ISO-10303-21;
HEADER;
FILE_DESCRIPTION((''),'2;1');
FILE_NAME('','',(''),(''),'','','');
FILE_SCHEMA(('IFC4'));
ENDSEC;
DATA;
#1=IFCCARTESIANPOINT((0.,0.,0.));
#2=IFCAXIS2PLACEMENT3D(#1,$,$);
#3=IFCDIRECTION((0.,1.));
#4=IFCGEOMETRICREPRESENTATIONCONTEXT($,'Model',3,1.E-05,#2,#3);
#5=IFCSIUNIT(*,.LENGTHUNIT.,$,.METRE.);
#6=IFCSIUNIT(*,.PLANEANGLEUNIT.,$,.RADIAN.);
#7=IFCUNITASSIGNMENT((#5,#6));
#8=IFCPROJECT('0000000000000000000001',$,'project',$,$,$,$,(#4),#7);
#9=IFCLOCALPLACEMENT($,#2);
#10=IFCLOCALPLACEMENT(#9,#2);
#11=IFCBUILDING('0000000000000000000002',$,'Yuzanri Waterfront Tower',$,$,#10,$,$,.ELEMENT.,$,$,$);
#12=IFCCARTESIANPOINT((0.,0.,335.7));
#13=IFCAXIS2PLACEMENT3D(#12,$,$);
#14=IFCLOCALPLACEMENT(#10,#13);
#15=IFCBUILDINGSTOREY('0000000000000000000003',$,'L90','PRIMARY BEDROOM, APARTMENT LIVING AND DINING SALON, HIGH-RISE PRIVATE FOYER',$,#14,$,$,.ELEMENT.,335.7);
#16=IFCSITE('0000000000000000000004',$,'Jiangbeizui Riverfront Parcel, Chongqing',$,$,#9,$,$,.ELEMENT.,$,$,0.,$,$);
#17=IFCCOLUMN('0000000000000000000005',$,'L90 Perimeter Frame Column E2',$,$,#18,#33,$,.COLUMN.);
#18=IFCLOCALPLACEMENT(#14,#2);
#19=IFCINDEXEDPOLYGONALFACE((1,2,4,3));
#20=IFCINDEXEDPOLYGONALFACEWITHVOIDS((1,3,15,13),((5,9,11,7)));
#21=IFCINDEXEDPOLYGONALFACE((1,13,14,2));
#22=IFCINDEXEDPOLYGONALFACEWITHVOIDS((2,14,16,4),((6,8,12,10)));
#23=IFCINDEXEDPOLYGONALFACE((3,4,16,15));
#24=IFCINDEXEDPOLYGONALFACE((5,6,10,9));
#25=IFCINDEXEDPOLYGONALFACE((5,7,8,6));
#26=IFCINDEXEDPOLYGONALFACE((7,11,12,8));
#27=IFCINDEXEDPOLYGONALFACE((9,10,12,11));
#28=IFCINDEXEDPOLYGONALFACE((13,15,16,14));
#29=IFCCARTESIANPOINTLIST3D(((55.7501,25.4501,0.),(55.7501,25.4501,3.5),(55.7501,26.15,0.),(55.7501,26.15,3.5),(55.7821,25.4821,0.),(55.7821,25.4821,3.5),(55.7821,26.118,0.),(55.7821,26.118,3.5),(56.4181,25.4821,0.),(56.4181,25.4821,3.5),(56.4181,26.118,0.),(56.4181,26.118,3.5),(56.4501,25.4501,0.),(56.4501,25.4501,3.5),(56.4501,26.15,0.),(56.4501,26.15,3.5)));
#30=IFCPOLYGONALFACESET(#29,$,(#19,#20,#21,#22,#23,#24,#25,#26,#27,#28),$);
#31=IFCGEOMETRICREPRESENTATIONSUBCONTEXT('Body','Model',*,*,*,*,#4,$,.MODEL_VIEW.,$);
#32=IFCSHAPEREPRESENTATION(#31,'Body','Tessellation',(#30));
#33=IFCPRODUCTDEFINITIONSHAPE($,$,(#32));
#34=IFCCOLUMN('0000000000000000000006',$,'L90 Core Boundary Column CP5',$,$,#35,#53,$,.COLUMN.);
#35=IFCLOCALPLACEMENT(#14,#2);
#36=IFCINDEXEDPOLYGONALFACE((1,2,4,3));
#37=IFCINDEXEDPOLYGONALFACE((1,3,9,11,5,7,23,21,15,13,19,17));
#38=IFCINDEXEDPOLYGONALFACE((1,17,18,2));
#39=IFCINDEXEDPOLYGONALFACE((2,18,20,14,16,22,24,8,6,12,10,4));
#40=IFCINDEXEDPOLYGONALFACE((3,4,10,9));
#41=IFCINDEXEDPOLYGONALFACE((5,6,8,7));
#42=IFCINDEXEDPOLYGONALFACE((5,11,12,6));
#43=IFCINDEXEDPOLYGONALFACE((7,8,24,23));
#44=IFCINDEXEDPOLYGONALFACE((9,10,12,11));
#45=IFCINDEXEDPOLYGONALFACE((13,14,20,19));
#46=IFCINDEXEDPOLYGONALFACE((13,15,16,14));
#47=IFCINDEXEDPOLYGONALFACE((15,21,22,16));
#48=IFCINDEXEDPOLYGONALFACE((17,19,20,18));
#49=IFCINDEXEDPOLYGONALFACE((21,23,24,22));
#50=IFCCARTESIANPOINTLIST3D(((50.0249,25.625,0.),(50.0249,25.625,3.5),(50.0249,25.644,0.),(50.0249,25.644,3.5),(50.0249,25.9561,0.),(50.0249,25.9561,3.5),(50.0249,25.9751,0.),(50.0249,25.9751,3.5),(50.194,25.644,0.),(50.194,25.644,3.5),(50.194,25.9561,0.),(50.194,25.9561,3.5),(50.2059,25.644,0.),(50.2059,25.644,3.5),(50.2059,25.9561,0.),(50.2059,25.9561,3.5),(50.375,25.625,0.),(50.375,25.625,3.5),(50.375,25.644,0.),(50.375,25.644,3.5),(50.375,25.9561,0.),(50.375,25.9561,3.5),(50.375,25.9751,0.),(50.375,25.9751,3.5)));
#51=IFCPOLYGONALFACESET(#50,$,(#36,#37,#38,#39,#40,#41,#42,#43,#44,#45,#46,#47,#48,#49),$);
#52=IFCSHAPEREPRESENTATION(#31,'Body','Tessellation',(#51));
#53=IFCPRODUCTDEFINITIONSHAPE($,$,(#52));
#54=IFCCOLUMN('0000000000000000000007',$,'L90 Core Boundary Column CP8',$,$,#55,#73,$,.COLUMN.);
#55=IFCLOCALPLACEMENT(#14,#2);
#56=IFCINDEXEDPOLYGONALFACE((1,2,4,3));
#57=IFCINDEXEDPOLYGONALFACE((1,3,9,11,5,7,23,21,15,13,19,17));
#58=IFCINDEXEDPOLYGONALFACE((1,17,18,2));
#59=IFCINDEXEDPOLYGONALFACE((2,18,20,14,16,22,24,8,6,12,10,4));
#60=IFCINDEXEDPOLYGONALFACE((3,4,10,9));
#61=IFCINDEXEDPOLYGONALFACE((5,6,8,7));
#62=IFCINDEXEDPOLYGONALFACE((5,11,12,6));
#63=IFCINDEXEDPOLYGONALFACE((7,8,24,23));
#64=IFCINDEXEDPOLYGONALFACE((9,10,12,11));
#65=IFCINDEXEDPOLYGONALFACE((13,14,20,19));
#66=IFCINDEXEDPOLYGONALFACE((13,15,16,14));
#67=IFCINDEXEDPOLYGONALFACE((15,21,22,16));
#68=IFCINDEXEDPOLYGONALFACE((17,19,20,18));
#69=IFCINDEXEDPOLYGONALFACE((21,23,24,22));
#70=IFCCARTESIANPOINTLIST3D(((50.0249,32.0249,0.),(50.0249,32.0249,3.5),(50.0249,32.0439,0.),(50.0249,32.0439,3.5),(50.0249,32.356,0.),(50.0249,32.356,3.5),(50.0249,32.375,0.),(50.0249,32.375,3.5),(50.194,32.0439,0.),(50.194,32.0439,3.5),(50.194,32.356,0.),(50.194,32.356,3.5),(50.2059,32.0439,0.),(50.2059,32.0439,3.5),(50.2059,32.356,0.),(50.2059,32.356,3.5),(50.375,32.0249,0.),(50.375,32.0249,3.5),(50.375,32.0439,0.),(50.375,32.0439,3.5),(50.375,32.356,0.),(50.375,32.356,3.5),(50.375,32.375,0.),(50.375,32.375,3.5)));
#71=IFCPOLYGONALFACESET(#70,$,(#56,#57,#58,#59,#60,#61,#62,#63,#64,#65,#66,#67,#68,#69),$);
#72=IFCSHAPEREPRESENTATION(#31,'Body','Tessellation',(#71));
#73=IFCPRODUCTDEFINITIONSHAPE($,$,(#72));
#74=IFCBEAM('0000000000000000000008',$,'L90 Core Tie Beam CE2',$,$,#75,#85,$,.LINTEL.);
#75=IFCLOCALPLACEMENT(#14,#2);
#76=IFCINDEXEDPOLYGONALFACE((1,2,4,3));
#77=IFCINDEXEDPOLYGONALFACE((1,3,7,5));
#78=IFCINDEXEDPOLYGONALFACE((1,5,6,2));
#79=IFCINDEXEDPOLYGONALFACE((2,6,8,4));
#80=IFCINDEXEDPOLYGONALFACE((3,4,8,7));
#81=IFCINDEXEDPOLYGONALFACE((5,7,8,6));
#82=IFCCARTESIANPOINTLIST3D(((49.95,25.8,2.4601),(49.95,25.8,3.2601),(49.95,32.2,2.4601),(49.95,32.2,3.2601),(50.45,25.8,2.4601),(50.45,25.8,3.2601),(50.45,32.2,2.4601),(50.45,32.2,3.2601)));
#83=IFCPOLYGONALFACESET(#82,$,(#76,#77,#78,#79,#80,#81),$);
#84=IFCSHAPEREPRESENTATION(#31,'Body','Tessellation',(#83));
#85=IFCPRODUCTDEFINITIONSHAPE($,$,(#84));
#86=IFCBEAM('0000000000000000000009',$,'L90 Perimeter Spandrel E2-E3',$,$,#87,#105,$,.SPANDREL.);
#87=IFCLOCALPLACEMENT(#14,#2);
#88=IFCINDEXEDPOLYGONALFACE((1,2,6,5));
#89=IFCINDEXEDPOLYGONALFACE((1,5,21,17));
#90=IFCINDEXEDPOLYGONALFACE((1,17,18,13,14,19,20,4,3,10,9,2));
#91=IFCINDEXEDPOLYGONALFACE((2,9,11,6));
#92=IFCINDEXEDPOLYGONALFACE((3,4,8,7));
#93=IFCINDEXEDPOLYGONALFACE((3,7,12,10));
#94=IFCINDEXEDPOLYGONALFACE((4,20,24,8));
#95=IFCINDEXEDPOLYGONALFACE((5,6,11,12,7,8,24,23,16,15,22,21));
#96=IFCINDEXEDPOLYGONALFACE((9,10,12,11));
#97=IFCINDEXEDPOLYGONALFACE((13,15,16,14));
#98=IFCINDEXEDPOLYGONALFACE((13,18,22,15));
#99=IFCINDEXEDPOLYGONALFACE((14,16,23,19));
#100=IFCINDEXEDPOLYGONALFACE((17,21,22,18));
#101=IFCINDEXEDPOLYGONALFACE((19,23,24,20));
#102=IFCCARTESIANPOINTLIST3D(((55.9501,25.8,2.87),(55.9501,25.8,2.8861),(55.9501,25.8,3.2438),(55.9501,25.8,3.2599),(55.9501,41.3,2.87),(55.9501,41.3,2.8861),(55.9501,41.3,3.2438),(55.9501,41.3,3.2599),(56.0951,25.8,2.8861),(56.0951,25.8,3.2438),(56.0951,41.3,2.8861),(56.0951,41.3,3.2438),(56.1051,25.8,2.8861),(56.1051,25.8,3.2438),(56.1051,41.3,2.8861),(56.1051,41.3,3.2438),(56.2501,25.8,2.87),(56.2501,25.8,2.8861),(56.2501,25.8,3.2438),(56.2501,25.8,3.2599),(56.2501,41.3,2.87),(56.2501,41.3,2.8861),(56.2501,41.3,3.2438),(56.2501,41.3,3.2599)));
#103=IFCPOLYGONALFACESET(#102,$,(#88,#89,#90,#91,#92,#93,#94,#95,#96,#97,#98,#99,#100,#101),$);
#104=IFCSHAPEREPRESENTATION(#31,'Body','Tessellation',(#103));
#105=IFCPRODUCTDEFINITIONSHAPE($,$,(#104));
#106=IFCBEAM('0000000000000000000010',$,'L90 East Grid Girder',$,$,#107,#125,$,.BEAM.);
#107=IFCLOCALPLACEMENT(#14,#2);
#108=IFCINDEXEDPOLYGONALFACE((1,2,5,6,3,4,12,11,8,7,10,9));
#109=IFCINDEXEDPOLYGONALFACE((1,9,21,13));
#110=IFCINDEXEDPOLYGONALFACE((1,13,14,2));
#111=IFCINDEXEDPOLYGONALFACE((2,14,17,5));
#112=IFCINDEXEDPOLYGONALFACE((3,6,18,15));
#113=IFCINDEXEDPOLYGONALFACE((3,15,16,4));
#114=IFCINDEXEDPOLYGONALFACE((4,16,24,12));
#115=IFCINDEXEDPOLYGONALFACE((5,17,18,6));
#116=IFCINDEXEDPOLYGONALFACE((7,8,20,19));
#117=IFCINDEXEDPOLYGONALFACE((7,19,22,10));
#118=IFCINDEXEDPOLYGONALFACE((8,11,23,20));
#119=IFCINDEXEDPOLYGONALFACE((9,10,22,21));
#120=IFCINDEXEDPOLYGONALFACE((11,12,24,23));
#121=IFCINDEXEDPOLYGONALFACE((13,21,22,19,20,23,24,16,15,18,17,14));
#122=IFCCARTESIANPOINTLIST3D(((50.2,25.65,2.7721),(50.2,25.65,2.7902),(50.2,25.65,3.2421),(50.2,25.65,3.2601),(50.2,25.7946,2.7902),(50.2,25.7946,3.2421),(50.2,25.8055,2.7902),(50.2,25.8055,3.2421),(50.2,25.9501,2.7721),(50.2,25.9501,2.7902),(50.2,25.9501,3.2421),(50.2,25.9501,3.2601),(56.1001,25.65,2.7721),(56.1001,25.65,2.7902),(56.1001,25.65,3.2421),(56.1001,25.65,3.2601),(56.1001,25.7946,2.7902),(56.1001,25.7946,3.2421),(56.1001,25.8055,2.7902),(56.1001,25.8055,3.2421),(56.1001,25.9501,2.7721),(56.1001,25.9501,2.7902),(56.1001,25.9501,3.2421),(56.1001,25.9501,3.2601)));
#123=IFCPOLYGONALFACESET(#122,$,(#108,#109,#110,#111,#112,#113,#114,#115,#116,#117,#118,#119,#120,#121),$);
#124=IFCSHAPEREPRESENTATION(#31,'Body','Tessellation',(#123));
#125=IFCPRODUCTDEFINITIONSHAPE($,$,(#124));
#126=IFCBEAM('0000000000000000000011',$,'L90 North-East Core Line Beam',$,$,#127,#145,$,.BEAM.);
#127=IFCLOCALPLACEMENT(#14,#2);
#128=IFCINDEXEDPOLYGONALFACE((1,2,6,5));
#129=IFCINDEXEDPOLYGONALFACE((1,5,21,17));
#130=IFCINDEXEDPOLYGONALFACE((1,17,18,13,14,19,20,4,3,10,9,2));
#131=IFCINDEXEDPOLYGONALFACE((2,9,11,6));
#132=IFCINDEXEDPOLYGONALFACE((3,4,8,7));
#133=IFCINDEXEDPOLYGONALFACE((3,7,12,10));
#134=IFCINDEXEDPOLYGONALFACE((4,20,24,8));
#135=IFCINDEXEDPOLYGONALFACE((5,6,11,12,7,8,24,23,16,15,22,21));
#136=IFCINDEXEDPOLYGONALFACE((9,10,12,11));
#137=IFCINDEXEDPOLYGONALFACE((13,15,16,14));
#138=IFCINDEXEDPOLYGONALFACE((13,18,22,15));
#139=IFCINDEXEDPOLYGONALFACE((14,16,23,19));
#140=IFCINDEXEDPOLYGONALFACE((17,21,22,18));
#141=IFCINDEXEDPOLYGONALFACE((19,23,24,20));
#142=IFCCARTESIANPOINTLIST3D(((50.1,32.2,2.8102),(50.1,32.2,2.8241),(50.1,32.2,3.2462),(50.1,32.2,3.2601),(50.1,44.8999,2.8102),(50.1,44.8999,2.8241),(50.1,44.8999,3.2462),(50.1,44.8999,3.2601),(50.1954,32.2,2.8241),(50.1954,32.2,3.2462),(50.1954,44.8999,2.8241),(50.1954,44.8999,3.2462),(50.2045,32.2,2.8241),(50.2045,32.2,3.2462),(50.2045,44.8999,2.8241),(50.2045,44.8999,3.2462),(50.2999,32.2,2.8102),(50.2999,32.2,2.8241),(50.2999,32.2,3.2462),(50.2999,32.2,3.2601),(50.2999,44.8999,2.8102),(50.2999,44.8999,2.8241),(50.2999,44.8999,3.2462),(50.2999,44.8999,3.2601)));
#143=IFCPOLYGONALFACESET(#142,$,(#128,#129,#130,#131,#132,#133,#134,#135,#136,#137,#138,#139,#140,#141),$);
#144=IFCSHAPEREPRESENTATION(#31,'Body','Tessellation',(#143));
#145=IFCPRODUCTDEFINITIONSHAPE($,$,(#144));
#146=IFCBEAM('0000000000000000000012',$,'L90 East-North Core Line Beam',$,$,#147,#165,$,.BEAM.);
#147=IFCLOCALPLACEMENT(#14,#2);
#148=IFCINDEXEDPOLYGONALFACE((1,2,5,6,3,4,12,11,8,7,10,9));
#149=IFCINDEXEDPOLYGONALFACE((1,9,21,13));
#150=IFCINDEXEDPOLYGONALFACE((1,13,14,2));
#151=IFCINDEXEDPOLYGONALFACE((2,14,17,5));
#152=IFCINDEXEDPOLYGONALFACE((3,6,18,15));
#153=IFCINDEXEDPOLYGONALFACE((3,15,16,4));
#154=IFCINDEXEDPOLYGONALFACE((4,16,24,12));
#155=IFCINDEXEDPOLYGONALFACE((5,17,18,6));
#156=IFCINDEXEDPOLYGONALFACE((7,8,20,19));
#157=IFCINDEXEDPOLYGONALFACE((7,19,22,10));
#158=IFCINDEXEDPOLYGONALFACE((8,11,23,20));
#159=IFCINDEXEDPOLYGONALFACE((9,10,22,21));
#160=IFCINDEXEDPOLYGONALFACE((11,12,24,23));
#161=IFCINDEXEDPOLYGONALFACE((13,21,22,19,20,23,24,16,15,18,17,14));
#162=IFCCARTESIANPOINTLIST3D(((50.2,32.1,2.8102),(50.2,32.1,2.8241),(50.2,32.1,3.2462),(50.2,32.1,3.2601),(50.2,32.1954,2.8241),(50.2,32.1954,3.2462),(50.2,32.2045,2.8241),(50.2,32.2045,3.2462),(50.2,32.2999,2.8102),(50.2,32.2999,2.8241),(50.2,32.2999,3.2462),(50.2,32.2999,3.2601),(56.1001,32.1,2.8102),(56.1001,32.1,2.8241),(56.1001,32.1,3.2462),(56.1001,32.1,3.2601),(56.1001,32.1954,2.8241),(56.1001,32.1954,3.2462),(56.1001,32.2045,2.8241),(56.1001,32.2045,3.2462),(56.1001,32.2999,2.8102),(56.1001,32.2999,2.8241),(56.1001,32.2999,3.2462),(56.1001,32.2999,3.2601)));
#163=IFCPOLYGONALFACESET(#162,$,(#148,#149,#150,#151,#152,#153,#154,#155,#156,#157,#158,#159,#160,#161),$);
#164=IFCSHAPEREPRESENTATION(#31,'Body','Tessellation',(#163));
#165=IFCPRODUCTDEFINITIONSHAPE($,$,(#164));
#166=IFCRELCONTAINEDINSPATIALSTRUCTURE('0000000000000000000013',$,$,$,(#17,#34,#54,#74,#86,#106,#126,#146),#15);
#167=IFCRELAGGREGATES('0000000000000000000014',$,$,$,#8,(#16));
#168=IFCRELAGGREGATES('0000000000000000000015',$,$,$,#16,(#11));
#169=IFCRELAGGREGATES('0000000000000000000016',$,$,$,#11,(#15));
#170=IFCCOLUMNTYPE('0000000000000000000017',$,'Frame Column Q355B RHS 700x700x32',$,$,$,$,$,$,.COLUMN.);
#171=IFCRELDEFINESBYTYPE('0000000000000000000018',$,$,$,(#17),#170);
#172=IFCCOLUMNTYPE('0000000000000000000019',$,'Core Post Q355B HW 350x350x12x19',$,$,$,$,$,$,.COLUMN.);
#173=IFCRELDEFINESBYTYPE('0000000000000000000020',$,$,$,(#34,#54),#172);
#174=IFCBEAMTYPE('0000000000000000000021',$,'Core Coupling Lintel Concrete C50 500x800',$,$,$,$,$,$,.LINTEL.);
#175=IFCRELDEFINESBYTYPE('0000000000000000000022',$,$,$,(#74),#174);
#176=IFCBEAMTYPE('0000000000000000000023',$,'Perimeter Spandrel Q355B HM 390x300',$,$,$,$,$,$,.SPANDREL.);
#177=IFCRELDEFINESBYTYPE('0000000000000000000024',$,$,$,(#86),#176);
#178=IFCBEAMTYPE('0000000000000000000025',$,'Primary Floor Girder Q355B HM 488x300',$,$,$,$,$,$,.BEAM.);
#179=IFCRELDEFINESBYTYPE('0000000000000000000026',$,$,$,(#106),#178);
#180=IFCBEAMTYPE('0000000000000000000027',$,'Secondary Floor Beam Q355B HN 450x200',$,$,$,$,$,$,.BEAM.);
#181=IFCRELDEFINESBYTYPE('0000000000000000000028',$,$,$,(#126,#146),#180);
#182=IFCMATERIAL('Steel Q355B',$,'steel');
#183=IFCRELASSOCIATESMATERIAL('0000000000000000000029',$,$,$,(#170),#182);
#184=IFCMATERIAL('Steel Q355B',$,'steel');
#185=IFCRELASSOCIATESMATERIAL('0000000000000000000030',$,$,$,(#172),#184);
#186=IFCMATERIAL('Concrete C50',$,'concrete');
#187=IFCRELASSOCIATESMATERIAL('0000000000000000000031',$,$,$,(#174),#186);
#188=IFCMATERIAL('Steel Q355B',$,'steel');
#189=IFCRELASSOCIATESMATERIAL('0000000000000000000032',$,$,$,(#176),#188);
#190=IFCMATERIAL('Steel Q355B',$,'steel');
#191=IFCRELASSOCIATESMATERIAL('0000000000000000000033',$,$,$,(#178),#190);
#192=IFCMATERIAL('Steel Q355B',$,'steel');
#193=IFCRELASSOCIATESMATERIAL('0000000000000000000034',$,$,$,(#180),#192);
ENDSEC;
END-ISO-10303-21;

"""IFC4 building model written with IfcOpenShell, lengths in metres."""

from ifc_helpers import new_model, si_unit, direction, frame, origin, origin_2d, place, context, subcontext, project, spatial, rectangle, hollow_rectangle, i_section, extrude, source, transform, mapped, material, material_profile, profile_set, type_object, element, save


model = new_model("IFC4")

# Units and contexts
model_context = context("Model", 3, precision=1e-05, world=origin(), true_north=direction((0.0, 1.0)))
body_context = subcontext(model_context, "Body", "Model", "MODEL_VIEW")
ifc_project = project(units=[si_unit("LENGTHUNIT", "METRE"), si_unit("PLANEANGLEUNIT", "RADIAN")], contexts=[model_context])

# Site, building, storey
site_placement = place(None, origin())
site = spatial("IfcSite", under=ifc_project, at=site_placement, Name="Jiangbeizui Riverfront Parcel, Chongqing", CompositionType="ELEMENT", RefElevation=0.0)
building_placement = place(site_placement, origin())
building = spatial("IfcBuilding", under=site, at=building_placement, Name="Yuzanri Waterfront Tower", CompositionType="ELEMENT")
storey_placement = place(building_placement, frame((0.0, 0.0, 335.7)))
storey = spatial("IfcBuildingStorey", under=building, at=storey_placement, Name="L90", Description="PRIMARY BEDROOM, APARTMENT LIVING AND DINING SALON, HIGH-RISE PRIVATE FOYER", CompositionType="ELEMENT", Elevation=335.7)

# Columns
ifc_material_1 = material(Name="Steel Q355B", Category="steel")
ifc_material_profile_1 = material_profile(ifc_material_1, hollow_rectangle(XDim=0.7, YDim=0.7, WallThickness=0.032, at=origin_2d()), Name="RHS 700x700x32")
ifc_profile_set_1 = profile_set([ifc_material_profile_1], Name="Steel Q355B")
column_type_1 = type_object("IfcColumnType", Name="Frame Column Q355B RHS 700x700x32", PredefinedType="COLUMN", material=ifc_profile_set_1)
shared_shape_1 = source(origin(), body_context, "Body", "SweptSolid", [
    extrude(hollow_rectangle(XDim=0.7, YDim=0.7, WallThickness=0.032, at=origin_2d()), origin(), (0.0, 0.0, 1.0), 3.5),
])
column_placement = place(storey_placement, frame((56.1001, 25.8, 0.0), z_axis=(0.0, 0.0, 1.0), x_axis=(1.0, 0.0, 0.0)))
element("IfcColumn", 1, at=column_placement, inside=storey, type_object=column_type_1, Name="L90 Perimeter Frame Column E2", PredefinedType="COLUMN", context=body_context, shape_type="MappedRepresentation", body=[
    mapped(shared_shape_1, transform((0.0, 0.0, 0.0), scale=1.0)),
])
ifc_material_2 = material(Name="Steel Q355B", Category="steel")
ifc_material_profile_2 = material_profile(ifc_material_2, i_section(OverallWidth=0.3501, OverallDepth=0.3501, WebThickness=0.012, FlangeThickness=0.019, at=origin_2d()), Name="HW 350x350x12x19")
ifc_profile_set_2 = profile_set([ifc_material_profile_2], Name="Steel Q355B")
column_type_2 = type_object("IfcColumnType", Name="Core Post Q355B HW 350x350x12x19", PredefinedType="COLUMN", material=ifc_profile_set_2)
shared_shape_2 = source(origin(), body_context, "Body", "SweptSolid", [
    extrude(i_section(OverallWidth=0.3501, OverallDepth=0.3501, WebThickness=0.012, FlangeThickness=0.019, at=origin_2d()), origin(), (0.0, 0.0, 1.0), 3.5),
])
for number, where, z_axis, x_axis, name in (
    (2, (50.2, 25.8, 0.0), (0.0, 0.0, 1.0), (1.0, 0.0, 0.0), "L90 Core Boundary Column CP5"),
    (3, (50.2, 32.2, 0.0), (0.0, 0.0, 1.0), (1.0, 0.0, 0.0), "L90 Core Boundary Column CP8"),
):
    element("IfcColumn", number, at=place(storey_placement, frame(where, z_axis=z_axis, x_axis=x_axis)), inside=storey, type_object=column_type_2, Name=name, PredefinedType="COLUMN", context=body_context, shape_type="MappedRepresentation", body=[
        mapped(shared_shape_2, transform((0.0, 0.0, 0.0), scale=1.0)),
    ])

# Beams
ifc_material_3 = material(Name="Concrete C50", Category="concrete")
ifc_material_profile_3 = material_profile(ifc_material_3, rectangle(XDim=0.5, YDim=0.8, at=origin_2d()), Name="RC 500x800")
ifc_profile_set_3 = profile_set([ifc_material_profile_3], Name="Concrete C50")
beam_type_1 = type_object("IfcBeamType", Name="Core Coupling Lintel Concrete C50 500x800", PredefinedType="LINTEL", material=ifc_profile_set_3)
shared_shape_3 = source(origin(), body_context, "Body", "SweptSolid", [
    extrude(rectangle(XDim=0.5, YDim=0.8, at=origin_2d()), origin(), (0.0, 0.0, 1.0), 6.3999),
])
beam_1_placement = place(storey_placement, frame((50.2, 25.8, 2.8601), z_axis=(0.0, 1.0, 0.0), x_axis=(-1.0, 0.0, 0.0)))
element("IfcBeam", 4, at=beam_1_placement, inside=storey, type_object=beam_type_1, Name="L90 Core Tie Beam CE2", PredefinedType="LINTEL", context=body_context, shape_type="MappedRepresentation", body=[
    mapped(shared_shape_3, transform((0.0, 0.0, 0.0), scale=1.0)),
])
ifc_material_4 = material(Name="Steel Q355B", Category="steel")
ifc_material_profile_4 = material_profile(ifc_material_4, i_section(OverallWidth=0.3, OverallDepth=0.3899, WebThickness=0.01, FlangeThickness=0.0161, at=origin_2d()), Name="HM 390x300x10x16")
ifc_profile_set_4 = profile_set([ifc_material_profile_4], Name="Steel Q355B")
beam_type_2 = type_object("IfcBeamType", Name="Perimeter Spandrel Q355B HM 390x300", PredefinedType="SPANDREL", material=ifc_profile_set_4)
shared_shape_4 = source(origin(), body_context, "Body", "SweptSolid", [
    extrude(i_section(OverallWidth=0.3, OverallDepth=0.3899, WebThickness=0.01, FlangeThickness=0.0161, at=origin_2d()), origin(), (0.0, 0.0, 1.0), 15.5),
])
beam_2_placement = place(storey_placement, frame((56.1001, 25.8, 3.0649), z_axis=(0.0, 1.0, 0.0), x_axis=(-1.0, 0.0, 0.0)))
element("IfcBeam", 5, at=beam_2_placement, inside=storey, type_object=beam_type_2, Name="L90 Perimeter Spandrel E2-E3", PredefinedType="SPANDREL", context=body_context, shape_type="MappedRepresentation", body=[
    mapped(shared_shape_4, transform((0.0, 0.0, 0.0), scale=1.0)),
])
ifc_material_5 = material(Name="Steel Q355B", Category="steel")
ifc_material_profile_5 = material_profile(ifc_material_5, i_section(OverallWidth=0.3, OverallDepth=0.488, WebThickness=0.011, FlangeThickness=0.0181, at=origin_2d()), Name="HM 488x300x11x18")
ifc_profile_set_5 = profile_set([ifc_material_profile_5], Name="Steel Q355B")
beam_type_3 = type_object("IfcBeamType", Name="Primary Floor Girder Q355B HM 488x300", PredefinedType="BEAM", material=ifc_profile_set_5)
shared_shape_5 = source(origin(), body_context, "Body", "SweptSolid", [
    extrude(i_section(OverallWidth=0.3, OverallDepth=0.488, WebThickness=0.011, FlangeThickness=0.0181, at=origin_2d()), origin(), (0.0, 0.0, 1.0), 5.9001),
])
beam_3_placement = place(storey_placement, frame((50.2, 25.8, 3.0161), z_axis=(1.0, 0.0, 0.0), x_axis=(0.0, 1.0, 0.0)))
element("IfcBeam", 6, at=beam_3_placement, inside=storey, type_object=beam_type_3, Name="L90 East Grid Girder", PredefinedType="BEAM", context=body_context, shape_type="MappedRepresentation", body=[
    mapped(shared_shape_5, transform((0.0, 0.0, 0.0), scale=1.0)),
])
ifc_material_6 = material(Name="Steel Q355B", Category="steel")
ifc_material_profile_6 = material_profile(ifc_material_6, i_section(OverallWidth=0.2, OverallDepth=0.45, WebThickness=0.009, FlangeThickness=0.0139, at=origin_2d()), Name="HN 450x200x9x14")
ifc_profile_set_6 = profile_set([ifc_material_profile_6], Name="Steel Q355B")
beam_type_4 = type_object("IfcBeamType", Name="Secondary Floor Beam Q355B HN 450x200", PredefinedType="BEAM", material=ifc_profile_set_6)
shared_shape_6 = source(origin(), body_context, "Body", "SweptSolid", [
    extrude(i_section(OverallWidth=0.2, OverallDepth=0.45, WebThickness=0.009, FlangeThickness=0.0139, at=origin_2d()), origin(), (0.0, 0.0, 1.0), 12.7),
])
beam_4_placement = place(storey_placement, frame((50.2, 32.2, 3.0352), z_axis=(0.0, 1.0, 0.0), x_axis=(-1.0, 0.0, 0.0)))
element("IfcBeam", 7, at=beam_4_placement, inside=storey, type_object=beam_type_4, Name="L90 North-East Core Line Beam", PredefinedType="BEAM", context=body_context, shape_type="MappedRepresentation", body=[
    mapped(shared_shape_6, transform((0.0, 0.0, 0.0), scale=1.0)),
])
shared_shape_7 = source(origin(), body_context, "Body", "SweptSolid", [
    extrude(i_section(OverallWidth=0.2, OverallDepth=0.45, WebThickness=0.009, FlangeThickness=0.0139, at=origin_2d()), origin(), (0.0, 0.0, 1.0), 5.9001),
])
beam_5_placement = place(storey_placement, frame((50.2, 32.2, 3.0352), z_axis=(1.0, 0.0, 0.0), x_axis=(0.0, 1.0, 0.0)))
element("IfcBeam", 8, at=beam_5_placement, inside=storey, type_object=beam_type_4, Name="L90 East-North Core Line Beam", PredefinedType="BEAM", context=body_context, shape_type="MappedRepresentation", body=[
    mapped(shared_shape_7, transform((0.0, 0.0, 0.0), scale=1.0)),
])

save(model, "model.ifc")
